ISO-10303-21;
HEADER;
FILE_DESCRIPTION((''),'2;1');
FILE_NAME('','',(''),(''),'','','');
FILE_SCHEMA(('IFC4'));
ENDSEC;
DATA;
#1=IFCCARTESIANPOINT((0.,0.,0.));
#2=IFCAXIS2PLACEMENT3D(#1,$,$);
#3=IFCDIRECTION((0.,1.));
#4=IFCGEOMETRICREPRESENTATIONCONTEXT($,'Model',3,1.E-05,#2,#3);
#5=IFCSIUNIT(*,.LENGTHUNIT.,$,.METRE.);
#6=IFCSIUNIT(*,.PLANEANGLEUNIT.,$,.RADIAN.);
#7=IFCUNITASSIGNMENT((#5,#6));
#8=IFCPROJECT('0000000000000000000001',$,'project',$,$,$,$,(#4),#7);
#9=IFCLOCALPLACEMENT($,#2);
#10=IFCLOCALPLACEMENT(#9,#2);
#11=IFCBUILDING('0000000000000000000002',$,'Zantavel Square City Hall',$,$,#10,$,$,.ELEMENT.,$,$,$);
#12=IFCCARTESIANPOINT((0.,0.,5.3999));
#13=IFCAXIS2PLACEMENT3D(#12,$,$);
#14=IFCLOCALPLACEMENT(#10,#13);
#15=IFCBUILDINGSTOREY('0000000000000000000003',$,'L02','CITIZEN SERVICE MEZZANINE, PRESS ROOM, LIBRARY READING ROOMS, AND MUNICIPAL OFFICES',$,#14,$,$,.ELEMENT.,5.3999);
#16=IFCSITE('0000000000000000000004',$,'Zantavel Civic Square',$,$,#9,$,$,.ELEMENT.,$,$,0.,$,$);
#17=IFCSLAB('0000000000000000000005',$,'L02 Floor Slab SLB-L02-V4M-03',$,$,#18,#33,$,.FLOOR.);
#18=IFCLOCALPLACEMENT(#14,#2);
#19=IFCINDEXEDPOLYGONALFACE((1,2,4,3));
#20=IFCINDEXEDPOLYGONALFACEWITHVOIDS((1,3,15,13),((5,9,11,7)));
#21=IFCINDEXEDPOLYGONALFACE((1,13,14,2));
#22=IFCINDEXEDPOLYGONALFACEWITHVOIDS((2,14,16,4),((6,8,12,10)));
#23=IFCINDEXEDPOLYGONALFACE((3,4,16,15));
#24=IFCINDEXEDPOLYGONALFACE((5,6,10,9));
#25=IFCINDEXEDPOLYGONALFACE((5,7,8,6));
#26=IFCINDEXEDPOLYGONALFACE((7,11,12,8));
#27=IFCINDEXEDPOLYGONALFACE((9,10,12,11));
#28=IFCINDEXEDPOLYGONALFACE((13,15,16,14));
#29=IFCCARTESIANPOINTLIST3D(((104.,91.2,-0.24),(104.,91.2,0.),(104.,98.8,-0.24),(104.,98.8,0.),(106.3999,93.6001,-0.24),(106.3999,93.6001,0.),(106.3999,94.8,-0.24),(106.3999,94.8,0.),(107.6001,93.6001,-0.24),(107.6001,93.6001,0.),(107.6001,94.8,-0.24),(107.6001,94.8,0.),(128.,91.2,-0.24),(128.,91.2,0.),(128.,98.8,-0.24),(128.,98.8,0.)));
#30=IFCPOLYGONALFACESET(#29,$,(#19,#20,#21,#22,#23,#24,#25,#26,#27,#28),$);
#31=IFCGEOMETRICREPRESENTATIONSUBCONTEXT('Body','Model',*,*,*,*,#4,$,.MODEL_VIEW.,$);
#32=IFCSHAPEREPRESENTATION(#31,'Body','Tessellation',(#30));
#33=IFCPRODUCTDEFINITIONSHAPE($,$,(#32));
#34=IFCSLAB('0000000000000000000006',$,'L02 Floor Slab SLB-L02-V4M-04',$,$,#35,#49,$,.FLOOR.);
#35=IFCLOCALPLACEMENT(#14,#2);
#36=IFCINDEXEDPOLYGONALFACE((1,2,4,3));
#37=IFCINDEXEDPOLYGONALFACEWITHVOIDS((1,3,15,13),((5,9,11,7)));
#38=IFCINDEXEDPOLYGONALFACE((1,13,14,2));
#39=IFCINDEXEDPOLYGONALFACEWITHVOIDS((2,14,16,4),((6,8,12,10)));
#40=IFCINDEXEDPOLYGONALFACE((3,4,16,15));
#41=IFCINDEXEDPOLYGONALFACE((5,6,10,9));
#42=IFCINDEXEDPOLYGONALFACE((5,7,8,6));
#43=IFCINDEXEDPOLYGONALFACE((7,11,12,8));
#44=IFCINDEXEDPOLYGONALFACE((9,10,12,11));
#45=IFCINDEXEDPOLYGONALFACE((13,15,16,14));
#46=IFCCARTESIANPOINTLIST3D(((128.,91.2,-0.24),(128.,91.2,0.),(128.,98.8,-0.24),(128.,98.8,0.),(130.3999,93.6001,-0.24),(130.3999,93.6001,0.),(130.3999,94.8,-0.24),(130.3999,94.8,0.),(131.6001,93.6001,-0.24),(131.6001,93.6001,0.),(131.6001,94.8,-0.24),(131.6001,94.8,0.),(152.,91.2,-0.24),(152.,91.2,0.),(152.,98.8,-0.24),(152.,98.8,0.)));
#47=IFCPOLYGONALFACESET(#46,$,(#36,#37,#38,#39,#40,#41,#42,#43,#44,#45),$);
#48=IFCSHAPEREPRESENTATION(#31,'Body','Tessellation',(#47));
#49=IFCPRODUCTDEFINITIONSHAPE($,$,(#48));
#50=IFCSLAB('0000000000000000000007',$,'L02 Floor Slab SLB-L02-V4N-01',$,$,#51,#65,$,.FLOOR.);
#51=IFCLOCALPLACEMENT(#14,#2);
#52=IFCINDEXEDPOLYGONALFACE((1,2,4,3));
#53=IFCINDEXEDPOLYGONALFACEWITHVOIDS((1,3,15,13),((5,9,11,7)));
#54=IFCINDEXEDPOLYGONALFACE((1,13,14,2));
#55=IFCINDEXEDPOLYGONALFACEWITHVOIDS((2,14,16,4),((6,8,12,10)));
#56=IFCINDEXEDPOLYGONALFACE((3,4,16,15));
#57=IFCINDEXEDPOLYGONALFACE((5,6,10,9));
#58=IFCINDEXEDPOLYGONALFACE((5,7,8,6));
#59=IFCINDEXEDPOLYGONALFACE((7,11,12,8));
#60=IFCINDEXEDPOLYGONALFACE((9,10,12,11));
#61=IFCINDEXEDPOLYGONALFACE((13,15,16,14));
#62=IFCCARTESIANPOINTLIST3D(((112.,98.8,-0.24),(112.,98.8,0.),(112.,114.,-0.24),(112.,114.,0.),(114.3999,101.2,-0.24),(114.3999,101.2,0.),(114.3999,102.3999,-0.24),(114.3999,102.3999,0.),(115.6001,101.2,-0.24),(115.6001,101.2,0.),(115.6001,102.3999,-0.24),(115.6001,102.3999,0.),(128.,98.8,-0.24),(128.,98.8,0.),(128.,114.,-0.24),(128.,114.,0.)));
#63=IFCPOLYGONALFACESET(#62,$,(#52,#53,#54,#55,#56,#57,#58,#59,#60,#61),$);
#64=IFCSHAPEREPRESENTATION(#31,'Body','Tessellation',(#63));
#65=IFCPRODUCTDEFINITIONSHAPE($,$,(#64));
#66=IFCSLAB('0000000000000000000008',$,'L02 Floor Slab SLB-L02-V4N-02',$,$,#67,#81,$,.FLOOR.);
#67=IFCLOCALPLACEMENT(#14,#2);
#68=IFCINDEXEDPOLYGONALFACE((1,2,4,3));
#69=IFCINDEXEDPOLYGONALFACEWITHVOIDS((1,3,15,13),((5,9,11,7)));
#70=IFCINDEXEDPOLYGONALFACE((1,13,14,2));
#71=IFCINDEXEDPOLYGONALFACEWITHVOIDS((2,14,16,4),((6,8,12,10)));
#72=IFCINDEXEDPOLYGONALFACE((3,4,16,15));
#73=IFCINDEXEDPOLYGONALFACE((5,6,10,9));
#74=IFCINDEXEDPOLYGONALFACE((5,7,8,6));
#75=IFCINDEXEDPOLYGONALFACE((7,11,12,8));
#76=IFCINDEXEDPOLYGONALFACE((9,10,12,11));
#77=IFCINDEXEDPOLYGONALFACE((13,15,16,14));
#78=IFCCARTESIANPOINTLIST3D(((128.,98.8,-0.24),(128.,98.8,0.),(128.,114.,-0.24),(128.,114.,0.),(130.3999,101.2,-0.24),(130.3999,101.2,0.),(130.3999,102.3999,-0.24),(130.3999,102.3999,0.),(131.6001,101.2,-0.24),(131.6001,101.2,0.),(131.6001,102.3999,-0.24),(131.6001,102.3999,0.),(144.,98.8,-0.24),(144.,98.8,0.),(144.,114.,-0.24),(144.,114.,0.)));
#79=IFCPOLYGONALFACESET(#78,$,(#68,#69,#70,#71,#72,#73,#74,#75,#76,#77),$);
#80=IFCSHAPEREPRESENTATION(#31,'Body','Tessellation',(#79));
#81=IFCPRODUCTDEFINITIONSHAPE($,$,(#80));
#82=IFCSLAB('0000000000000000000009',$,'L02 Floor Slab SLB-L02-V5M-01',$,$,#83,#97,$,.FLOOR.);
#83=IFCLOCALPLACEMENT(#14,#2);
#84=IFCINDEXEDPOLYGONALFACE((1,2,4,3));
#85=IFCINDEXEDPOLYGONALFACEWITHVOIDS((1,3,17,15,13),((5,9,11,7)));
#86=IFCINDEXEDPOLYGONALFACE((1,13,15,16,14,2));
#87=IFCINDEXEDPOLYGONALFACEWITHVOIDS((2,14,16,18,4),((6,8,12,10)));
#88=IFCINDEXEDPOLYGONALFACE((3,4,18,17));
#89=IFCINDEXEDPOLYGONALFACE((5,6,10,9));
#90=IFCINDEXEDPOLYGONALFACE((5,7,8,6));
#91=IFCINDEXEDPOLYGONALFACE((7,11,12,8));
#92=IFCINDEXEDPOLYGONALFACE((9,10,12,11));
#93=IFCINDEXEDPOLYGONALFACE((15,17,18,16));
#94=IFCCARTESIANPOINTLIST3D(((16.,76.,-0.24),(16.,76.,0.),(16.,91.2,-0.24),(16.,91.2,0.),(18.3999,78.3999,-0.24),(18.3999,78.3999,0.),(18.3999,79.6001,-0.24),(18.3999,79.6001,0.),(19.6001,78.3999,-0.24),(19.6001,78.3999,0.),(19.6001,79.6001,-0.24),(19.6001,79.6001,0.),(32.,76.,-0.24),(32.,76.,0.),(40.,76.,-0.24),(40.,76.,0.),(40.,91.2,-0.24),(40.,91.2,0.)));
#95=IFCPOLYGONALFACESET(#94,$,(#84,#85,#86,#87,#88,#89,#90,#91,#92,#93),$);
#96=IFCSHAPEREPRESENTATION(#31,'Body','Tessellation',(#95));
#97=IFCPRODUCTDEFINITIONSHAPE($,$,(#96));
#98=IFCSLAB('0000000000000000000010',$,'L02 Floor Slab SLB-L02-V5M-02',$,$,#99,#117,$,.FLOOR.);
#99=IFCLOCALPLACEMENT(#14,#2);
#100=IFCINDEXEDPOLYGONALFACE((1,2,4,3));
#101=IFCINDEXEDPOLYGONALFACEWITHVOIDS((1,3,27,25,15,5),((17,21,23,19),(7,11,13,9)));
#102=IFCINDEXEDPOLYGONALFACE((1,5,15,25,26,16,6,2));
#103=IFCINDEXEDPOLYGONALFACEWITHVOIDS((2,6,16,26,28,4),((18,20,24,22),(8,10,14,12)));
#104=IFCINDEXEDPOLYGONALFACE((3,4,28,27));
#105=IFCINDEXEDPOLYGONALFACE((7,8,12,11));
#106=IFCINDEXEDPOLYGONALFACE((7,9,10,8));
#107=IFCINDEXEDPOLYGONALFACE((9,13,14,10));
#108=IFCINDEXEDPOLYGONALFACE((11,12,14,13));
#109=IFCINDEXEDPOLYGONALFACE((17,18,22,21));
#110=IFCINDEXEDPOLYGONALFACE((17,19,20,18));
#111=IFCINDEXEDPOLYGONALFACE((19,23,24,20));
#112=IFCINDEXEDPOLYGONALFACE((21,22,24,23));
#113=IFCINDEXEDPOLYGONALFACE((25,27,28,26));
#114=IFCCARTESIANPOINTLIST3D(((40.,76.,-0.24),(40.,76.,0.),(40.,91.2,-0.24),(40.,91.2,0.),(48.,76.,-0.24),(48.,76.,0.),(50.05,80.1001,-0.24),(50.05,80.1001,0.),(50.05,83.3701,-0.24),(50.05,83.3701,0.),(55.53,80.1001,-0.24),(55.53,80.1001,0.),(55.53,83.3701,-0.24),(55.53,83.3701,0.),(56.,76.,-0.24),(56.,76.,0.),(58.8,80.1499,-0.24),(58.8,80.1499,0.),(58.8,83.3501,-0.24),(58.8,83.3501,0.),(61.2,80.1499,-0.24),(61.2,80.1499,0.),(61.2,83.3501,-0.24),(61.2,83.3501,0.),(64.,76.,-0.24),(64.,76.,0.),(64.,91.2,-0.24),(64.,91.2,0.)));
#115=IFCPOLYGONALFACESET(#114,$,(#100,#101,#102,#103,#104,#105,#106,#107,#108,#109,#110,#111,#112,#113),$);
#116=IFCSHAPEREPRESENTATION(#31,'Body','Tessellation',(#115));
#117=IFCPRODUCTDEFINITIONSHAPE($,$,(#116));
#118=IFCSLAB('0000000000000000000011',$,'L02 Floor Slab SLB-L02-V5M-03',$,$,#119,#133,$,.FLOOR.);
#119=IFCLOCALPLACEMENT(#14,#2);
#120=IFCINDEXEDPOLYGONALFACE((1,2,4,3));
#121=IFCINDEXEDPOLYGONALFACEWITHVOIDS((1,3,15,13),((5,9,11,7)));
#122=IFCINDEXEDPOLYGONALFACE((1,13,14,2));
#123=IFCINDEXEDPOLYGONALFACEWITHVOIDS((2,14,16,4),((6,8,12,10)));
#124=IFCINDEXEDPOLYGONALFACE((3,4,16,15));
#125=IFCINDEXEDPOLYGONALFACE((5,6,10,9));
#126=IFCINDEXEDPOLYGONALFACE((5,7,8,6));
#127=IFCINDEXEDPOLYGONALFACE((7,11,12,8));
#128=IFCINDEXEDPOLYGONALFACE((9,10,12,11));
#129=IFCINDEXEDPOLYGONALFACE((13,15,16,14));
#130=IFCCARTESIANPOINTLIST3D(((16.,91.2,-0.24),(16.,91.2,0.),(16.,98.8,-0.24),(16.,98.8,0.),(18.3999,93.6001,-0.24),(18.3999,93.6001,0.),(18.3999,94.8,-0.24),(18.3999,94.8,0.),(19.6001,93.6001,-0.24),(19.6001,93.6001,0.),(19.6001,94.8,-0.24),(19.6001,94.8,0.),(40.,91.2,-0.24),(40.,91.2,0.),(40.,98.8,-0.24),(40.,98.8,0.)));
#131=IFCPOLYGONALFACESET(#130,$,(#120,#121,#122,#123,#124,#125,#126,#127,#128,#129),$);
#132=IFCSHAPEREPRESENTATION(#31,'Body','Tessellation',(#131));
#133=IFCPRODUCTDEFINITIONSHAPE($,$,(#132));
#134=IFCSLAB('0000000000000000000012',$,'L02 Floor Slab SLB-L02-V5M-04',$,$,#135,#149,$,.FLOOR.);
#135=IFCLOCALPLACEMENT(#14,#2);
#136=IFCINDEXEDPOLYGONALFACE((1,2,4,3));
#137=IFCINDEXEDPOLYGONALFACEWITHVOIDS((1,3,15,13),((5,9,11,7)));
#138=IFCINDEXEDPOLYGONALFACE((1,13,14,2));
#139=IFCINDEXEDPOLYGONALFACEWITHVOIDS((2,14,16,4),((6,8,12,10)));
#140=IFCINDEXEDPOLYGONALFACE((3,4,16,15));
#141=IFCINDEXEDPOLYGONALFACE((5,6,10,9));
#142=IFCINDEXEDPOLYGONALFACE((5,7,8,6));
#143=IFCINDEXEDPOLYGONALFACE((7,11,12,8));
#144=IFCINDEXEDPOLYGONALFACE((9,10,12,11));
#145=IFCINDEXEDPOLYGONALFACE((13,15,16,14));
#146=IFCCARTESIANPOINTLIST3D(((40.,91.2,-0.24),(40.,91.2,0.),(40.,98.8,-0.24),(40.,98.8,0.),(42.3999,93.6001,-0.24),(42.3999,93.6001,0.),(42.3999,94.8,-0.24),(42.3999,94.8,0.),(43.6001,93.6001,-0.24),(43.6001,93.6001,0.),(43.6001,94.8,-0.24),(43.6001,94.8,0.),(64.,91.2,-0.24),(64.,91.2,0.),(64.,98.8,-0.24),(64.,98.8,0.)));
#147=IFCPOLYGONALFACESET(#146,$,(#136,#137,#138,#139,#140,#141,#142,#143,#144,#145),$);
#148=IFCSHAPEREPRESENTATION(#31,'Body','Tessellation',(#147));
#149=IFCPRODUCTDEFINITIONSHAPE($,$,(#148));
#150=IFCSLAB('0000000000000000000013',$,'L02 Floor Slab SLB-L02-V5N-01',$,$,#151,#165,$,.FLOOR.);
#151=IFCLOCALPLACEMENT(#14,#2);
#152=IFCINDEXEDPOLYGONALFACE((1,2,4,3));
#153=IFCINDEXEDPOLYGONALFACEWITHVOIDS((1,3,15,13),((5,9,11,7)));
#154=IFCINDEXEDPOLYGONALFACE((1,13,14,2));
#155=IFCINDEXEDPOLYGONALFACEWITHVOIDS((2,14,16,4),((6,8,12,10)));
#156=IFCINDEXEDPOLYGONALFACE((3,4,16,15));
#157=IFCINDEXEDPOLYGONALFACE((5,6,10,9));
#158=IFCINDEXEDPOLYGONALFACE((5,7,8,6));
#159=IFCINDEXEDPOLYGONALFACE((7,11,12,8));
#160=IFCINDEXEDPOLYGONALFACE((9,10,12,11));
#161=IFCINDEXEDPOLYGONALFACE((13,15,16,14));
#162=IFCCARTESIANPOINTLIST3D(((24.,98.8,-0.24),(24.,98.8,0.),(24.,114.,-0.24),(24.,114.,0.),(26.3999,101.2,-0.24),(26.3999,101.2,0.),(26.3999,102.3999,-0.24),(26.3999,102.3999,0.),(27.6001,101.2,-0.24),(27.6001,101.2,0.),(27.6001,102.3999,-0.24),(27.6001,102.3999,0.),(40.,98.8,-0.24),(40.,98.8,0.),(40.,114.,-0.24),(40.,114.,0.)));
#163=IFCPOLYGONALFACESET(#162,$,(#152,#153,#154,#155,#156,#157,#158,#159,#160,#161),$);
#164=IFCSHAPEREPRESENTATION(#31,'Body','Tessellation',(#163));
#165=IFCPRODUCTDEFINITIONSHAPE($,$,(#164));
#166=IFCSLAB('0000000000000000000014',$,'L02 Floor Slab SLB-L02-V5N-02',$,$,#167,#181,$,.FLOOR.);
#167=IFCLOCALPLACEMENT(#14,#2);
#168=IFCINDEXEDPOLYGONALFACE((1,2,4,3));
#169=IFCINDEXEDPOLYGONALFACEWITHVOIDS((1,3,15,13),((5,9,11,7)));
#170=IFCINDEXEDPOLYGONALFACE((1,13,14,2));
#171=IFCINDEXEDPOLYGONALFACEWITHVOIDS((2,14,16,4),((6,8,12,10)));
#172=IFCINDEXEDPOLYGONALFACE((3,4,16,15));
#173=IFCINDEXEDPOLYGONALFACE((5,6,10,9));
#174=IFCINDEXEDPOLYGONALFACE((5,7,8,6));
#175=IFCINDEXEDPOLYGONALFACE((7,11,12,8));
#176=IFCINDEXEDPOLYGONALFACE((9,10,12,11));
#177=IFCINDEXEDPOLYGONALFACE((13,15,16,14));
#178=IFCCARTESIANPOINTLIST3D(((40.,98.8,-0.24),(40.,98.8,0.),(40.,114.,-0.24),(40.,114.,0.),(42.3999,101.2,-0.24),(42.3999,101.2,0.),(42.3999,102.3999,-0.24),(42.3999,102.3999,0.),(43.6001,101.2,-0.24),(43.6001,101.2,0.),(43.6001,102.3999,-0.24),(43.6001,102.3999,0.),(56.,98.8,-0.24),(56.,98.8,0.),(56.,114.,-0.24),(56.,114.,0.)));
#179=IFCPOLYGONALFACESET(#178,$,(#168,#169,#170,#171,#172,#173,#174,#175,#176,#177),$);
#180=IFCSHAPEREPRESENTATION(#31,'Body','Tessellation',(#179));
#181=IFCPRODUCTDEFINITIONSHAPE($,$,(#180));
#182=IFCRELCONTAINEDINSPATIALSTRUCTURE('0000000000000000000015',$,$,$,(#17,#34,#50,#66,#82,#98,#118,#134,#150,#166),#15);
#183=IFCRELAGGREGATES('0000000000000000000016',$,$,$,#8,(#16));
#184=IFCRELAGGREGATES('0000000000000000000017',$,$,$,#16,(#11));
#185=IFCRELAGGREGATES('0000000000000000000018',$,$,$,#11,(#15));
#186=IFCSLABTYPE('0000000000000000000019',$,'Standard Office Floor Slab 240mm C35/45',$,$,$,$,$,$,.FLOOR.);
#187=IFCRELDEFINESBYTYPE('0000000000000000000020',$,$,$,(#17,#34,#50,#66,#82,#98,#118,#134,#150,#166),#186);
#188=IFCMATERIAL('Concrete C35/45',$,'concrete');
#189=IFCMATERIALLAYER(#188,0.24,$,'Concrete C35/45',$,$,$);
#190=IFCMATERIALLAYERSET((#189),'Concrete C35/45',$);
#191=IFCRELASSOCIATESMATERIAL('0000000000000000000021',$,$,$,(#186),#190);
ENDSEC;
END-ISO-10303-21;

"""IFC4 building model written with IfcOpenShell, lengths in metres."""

from ifc_helpers import new_model, si_unit, direction, frame, origin, place, context, subcontext, project, spatial, polyline, outline, extrude, material, layer, layer_set, type_object, element, save


model = new_model("IFC4")

# Units and contexts
model_context = context("Model", 3, precision=1e-05, world=origin(), true_north=direction((0.0, 1.0)))
body_context = subcontext(model_context, "Body", "Model", "MODEL_VIEW")
ifc_project = project(units=[si_unit("LENGTHUNIT", "METRE"), si_unit("PLANEANGLEUNIT", "RADIAN")], contexts=[model_context])

# Site, building, storey
site_placement = place(None, origin())
site = spatial("IfcSite", under=ifc_project, at=site_placement, Name="Zantavel Civic Square", CompositionType="ELEMENT", RefElevation=0.0)
building_placement = place(site_placement, origin())
building = spatial("IfcBuilding", under=site, at=building_placement, Name="Zantavel Square City Hall", CompositionType="ELEMENT")
storey_placement = place(building_placement, frame((0.0, 0.0, 5.3999)))
storey = spatial("IfcBuildingStorey", under=building, at=storey_placement, Name="L02", Description="CITIZEN SERVICE MEZZANINE, PRESS ROOM, LIBRARY READING ROOMS, AND MUNICIPAL OFFICES", CompositionType="ELEMENT", Elevation=5.3999)

# Slabs
ifc_material = material(Name="Concrete C35/45", Category="concrete")
ifc_layer = layer(ifc_material, 0.24, Name="Concrete C35/45")
ifc_layer_set = layer_set([ifc_layer], Name="Concrete C35/45")
slab_type = type_object("IfcSlabType", Name="Standard Office Floor Slab 240mm C35/45", PredefinedType="FLOOR", material=ifc_layer_set)
slab_1_placement = place(storey_placement, frame((0.0, 0.0, -0.24)))
element("IfcSlab", 1, at=slab_1_placement, inside=storey, type_object=slab_type, Name="L02 Floor Slab SLB-L02-V4M-03", PredefinedType="FLOOR", context=body_context, shape_type="SweptSolid", body=[
    extrude(outline(polyline([(128.0, 98.8), (128.0, 91.2), (104.0, 91.2), (104.0, 98.8), (128.0, 98.8)]), holes=[polyline([(107.6001, 94.8), (106.3999, 94.8), (106.3999, 93.6001), (107.6001, 93.6001), (107.6001, 94.8)])]), origin(), (0.0, 0.0, 1.0), 0.24),
])
slab_2_placement = place(storey_placement, frame((0.0, 0.0, -0.24)))
element("IfcSlab", 2, at=slab_2_placement, inside=storey, type_object=slab_type, Name="L02 Floor Slab SLB-L02-V4M-04", PredefinedType="FLOOR", context=body_context, shape_type="SweptSolid", body=[
    extrude(outline(polyline([(152.0, 91.2), (128.0, 91.2), (128.0, 98.8), (152.0, 98.8), (152.0, 91.2)]), holes=[polyline([(131.6001, 94.8), (130.3999, 94.8), (130.3999, 93.6001), (131.6001, 93.6001), (131.6001, 94.8)])]), origin(), (0.0, 0.0, 1.0), 0.24),
])
slab_3_placement = place(storey_placement, frame((0.0, 0.0, -0.24)))
element("IfcSlab", 3, at=slab_3_placement, inside=storey, type_object=slab_type, Name="L02 Floor Slab SLB-L02-V4N-01", PredefinedType="FLOOR", context=body_context, shape_type="SweptSolid", body=[
    extrude(outline(polyline([(128.0, 114.0), (128.0, 98.8), (112.0, 98.8), (112.0, 114.0), (128.0, 114.0)]), holes=[polyline([(115.6001, 102.3999), (114.3999, 102.3999), (114.3999, 101.2), (115.6001, 101.2), (115.6001, 102.3999)])]), origin(), (0.0, 0.0, 1.0), 0.24),
])
slab_4_placement = place(storey_placement, frame((0.0, 0.0, -0.24)))
element("IfcSlab", 4, at=slab_4_placement, inside=storey, type_object=slab_type, Name="L02 Floor Slab SLB-L02-V4N-02", PredefinedType="FLOOR", context=body_context, shape_type="SweptSolid", body=[
    extrude(outline(polyline([(144.0, 98.8), (128.0, 98.8), (128.0, 114.0), (144.0, 114.0), (144.0, 98.8)]), holes=[polyline([(131.6001, 102.3999), (130.3999, 102.3999), (130.3999, 101.2), (131.6001, 101.2), (131.6001, 102.3999)])]), origin(), (0.0, 0.0, 1.0), 0.24),
])
slab_5_placement = place(storey_placement, frame((0.0, 0.0, -0.24)))
element("IfcSlab", 5, at=slab_5_placement, inside=storey, type_object=slab_type, Name="L02 Floor Slab SLB-L02-V5M-01", PredefinedType="FLOOR", context=body_context, shape_type="SweptSolid", body=[
    extrude(outline(polyline([(40.0, 91.2), (40.0, 76.0), (32.0, 76.0), (16.0, 76.0), (16.0, 91.2), (40.0, 91.2)]), holes=[polyline([(19.6001, 79.6001), (18.3999, 79.6001), (18.3999, 78.3999), (19.6001, 78.3999), (19.6001, 79.6001)])]), origin(), (0.0, 0.0, 1.0), 0.24),
])
slab_6_placement = place(storey_placement, frame((0.0, 0.0, -0.24)))
element("IfcSlab", 6, at=slab_6_placement, inside=storey, type_object=slab_type, Name="L02 Floor Slab SLB-L02-V5M-02", PredefinedType="FLOOR", context=body_context, shape_type="SweptSolid", body=[
    extrude(outline(polyline([(56.0, 76.0), (48.0, 76.0), (40.0, 76.0), (40.0, 91.2), (64.0, 91.2), (64.0, 76.0), (56.0, 76.0)]), holes=[polyline([(50.05, 83.3701), (50.05, 80.1001), (55.53, 80.1001), (55.53, 83.3701), (50.05, 83.3701)]), polyline([(61.2, 83.3501), (58.8, 83.3501), (58.8, 80.1499), (61.2, 80.1499), (61.2, 83.3501)])]), origin(), (0.0, 0.0, 1.0), 0.24),
])
slab_7_placement = place(storey_placement, frame((0.0, 0.0, -0.24)))
element("IfcSlab", 7, at=slab_7_placement, inside=storey, type_object=slab_type, Name="L02 Floor Slab SLB-L02-V5M-03", PredefinedType="FLOOR", context=body_context, shape_type="SweptSolid", body=[
    extrude(outline(polyline([(40.0, 98.8), (40.0, 91.2), (16.0, 91.2), (16.0, 98.8), (40.0, 98.8)]), holes=[polyline([(19.6001, 94.8), (18.3999, 94.8), (18.3999, 93.6001), (19.6001, 93.6001), (19.6001, 94.8)])]), origin(), (0.0, 0.0, 1.0), 0.24),
])
slab_8_placement = place(storey_placement, frame((0.0, 0.0, -0.24)))
element("IfcSlab", 8, at=slab_8_placement, inside=storey, type_object=slab_type, Name="L02 Floor Slab SLB-L02-V5M-04", PredefinedType="FLOOR", context=body_context, shape_type="SweptSolid", body=[
    extrude(outline(polyline([(64.0, 91.2), (40.0, 91.2), (40.0, 98.8), (64.0, 98.8), (64.0, 91.2)]), holes=[polyline([(43.6001, 94.8), (42.3999, 94.8), (42.3999, 93.6001), (43.6001, 93.6001), (43.6001, 94.8)])]), origin(), (0.0, 0.0, 1.0), 0.24),
])
slab_9_placement = place(storey_placement, frame((0.0, 0.0, -0.24)))
element("IfcSlab", 9, at=slab_9_placement, inside=storey, type_object=slab_type, Name="L02 Floor Slab SLB-L02-V5N-01", PredefinedType="FLOOR", context=body_context, shape_type="SweptSolid", body=[
    extrude(outline(polyline([(40.0, 114.0), (40.0, 98.8), (24.0, 98.8), (24.0, 114.0), (40.0, 114.0)]), holes=[polyline([(27.6001, 102.3999), (26.3999, 102.3999), (26.3999, 101.2), (27.6001, 101.2), (27.6001, 102.3999)])]), origin(), (0.0, 0.0, 1.0), 0.24),
])
slab_10_placement = place(storey_placement, frame((0.0, 0.0, -0.24)))
element("IfcSlab", 10, at=slab_10_placement, inside=storey, type_object=slab_type, Name="L02 Floor Slab SLB-L02-V5N-02", PredefinedType="FLOOR", context=body_context, shape_type="SweptSolid", body=[
    extrude(outline(polyline([(56.0, 98.8), (40.0, 98.8), (40.0, 114.0), (56.0, 114.0), (56.0, 98.8)]), holes=[polyline([(43.6001, 102.3999), (42.3999, 102.3999), (42.3999, 101.2), (43.6001, 101.2), (43.6001, 102.3999)])]), origin(), (0.0, 0.0, 1.0), 0.24),
])

save(model, "model.ifc")
